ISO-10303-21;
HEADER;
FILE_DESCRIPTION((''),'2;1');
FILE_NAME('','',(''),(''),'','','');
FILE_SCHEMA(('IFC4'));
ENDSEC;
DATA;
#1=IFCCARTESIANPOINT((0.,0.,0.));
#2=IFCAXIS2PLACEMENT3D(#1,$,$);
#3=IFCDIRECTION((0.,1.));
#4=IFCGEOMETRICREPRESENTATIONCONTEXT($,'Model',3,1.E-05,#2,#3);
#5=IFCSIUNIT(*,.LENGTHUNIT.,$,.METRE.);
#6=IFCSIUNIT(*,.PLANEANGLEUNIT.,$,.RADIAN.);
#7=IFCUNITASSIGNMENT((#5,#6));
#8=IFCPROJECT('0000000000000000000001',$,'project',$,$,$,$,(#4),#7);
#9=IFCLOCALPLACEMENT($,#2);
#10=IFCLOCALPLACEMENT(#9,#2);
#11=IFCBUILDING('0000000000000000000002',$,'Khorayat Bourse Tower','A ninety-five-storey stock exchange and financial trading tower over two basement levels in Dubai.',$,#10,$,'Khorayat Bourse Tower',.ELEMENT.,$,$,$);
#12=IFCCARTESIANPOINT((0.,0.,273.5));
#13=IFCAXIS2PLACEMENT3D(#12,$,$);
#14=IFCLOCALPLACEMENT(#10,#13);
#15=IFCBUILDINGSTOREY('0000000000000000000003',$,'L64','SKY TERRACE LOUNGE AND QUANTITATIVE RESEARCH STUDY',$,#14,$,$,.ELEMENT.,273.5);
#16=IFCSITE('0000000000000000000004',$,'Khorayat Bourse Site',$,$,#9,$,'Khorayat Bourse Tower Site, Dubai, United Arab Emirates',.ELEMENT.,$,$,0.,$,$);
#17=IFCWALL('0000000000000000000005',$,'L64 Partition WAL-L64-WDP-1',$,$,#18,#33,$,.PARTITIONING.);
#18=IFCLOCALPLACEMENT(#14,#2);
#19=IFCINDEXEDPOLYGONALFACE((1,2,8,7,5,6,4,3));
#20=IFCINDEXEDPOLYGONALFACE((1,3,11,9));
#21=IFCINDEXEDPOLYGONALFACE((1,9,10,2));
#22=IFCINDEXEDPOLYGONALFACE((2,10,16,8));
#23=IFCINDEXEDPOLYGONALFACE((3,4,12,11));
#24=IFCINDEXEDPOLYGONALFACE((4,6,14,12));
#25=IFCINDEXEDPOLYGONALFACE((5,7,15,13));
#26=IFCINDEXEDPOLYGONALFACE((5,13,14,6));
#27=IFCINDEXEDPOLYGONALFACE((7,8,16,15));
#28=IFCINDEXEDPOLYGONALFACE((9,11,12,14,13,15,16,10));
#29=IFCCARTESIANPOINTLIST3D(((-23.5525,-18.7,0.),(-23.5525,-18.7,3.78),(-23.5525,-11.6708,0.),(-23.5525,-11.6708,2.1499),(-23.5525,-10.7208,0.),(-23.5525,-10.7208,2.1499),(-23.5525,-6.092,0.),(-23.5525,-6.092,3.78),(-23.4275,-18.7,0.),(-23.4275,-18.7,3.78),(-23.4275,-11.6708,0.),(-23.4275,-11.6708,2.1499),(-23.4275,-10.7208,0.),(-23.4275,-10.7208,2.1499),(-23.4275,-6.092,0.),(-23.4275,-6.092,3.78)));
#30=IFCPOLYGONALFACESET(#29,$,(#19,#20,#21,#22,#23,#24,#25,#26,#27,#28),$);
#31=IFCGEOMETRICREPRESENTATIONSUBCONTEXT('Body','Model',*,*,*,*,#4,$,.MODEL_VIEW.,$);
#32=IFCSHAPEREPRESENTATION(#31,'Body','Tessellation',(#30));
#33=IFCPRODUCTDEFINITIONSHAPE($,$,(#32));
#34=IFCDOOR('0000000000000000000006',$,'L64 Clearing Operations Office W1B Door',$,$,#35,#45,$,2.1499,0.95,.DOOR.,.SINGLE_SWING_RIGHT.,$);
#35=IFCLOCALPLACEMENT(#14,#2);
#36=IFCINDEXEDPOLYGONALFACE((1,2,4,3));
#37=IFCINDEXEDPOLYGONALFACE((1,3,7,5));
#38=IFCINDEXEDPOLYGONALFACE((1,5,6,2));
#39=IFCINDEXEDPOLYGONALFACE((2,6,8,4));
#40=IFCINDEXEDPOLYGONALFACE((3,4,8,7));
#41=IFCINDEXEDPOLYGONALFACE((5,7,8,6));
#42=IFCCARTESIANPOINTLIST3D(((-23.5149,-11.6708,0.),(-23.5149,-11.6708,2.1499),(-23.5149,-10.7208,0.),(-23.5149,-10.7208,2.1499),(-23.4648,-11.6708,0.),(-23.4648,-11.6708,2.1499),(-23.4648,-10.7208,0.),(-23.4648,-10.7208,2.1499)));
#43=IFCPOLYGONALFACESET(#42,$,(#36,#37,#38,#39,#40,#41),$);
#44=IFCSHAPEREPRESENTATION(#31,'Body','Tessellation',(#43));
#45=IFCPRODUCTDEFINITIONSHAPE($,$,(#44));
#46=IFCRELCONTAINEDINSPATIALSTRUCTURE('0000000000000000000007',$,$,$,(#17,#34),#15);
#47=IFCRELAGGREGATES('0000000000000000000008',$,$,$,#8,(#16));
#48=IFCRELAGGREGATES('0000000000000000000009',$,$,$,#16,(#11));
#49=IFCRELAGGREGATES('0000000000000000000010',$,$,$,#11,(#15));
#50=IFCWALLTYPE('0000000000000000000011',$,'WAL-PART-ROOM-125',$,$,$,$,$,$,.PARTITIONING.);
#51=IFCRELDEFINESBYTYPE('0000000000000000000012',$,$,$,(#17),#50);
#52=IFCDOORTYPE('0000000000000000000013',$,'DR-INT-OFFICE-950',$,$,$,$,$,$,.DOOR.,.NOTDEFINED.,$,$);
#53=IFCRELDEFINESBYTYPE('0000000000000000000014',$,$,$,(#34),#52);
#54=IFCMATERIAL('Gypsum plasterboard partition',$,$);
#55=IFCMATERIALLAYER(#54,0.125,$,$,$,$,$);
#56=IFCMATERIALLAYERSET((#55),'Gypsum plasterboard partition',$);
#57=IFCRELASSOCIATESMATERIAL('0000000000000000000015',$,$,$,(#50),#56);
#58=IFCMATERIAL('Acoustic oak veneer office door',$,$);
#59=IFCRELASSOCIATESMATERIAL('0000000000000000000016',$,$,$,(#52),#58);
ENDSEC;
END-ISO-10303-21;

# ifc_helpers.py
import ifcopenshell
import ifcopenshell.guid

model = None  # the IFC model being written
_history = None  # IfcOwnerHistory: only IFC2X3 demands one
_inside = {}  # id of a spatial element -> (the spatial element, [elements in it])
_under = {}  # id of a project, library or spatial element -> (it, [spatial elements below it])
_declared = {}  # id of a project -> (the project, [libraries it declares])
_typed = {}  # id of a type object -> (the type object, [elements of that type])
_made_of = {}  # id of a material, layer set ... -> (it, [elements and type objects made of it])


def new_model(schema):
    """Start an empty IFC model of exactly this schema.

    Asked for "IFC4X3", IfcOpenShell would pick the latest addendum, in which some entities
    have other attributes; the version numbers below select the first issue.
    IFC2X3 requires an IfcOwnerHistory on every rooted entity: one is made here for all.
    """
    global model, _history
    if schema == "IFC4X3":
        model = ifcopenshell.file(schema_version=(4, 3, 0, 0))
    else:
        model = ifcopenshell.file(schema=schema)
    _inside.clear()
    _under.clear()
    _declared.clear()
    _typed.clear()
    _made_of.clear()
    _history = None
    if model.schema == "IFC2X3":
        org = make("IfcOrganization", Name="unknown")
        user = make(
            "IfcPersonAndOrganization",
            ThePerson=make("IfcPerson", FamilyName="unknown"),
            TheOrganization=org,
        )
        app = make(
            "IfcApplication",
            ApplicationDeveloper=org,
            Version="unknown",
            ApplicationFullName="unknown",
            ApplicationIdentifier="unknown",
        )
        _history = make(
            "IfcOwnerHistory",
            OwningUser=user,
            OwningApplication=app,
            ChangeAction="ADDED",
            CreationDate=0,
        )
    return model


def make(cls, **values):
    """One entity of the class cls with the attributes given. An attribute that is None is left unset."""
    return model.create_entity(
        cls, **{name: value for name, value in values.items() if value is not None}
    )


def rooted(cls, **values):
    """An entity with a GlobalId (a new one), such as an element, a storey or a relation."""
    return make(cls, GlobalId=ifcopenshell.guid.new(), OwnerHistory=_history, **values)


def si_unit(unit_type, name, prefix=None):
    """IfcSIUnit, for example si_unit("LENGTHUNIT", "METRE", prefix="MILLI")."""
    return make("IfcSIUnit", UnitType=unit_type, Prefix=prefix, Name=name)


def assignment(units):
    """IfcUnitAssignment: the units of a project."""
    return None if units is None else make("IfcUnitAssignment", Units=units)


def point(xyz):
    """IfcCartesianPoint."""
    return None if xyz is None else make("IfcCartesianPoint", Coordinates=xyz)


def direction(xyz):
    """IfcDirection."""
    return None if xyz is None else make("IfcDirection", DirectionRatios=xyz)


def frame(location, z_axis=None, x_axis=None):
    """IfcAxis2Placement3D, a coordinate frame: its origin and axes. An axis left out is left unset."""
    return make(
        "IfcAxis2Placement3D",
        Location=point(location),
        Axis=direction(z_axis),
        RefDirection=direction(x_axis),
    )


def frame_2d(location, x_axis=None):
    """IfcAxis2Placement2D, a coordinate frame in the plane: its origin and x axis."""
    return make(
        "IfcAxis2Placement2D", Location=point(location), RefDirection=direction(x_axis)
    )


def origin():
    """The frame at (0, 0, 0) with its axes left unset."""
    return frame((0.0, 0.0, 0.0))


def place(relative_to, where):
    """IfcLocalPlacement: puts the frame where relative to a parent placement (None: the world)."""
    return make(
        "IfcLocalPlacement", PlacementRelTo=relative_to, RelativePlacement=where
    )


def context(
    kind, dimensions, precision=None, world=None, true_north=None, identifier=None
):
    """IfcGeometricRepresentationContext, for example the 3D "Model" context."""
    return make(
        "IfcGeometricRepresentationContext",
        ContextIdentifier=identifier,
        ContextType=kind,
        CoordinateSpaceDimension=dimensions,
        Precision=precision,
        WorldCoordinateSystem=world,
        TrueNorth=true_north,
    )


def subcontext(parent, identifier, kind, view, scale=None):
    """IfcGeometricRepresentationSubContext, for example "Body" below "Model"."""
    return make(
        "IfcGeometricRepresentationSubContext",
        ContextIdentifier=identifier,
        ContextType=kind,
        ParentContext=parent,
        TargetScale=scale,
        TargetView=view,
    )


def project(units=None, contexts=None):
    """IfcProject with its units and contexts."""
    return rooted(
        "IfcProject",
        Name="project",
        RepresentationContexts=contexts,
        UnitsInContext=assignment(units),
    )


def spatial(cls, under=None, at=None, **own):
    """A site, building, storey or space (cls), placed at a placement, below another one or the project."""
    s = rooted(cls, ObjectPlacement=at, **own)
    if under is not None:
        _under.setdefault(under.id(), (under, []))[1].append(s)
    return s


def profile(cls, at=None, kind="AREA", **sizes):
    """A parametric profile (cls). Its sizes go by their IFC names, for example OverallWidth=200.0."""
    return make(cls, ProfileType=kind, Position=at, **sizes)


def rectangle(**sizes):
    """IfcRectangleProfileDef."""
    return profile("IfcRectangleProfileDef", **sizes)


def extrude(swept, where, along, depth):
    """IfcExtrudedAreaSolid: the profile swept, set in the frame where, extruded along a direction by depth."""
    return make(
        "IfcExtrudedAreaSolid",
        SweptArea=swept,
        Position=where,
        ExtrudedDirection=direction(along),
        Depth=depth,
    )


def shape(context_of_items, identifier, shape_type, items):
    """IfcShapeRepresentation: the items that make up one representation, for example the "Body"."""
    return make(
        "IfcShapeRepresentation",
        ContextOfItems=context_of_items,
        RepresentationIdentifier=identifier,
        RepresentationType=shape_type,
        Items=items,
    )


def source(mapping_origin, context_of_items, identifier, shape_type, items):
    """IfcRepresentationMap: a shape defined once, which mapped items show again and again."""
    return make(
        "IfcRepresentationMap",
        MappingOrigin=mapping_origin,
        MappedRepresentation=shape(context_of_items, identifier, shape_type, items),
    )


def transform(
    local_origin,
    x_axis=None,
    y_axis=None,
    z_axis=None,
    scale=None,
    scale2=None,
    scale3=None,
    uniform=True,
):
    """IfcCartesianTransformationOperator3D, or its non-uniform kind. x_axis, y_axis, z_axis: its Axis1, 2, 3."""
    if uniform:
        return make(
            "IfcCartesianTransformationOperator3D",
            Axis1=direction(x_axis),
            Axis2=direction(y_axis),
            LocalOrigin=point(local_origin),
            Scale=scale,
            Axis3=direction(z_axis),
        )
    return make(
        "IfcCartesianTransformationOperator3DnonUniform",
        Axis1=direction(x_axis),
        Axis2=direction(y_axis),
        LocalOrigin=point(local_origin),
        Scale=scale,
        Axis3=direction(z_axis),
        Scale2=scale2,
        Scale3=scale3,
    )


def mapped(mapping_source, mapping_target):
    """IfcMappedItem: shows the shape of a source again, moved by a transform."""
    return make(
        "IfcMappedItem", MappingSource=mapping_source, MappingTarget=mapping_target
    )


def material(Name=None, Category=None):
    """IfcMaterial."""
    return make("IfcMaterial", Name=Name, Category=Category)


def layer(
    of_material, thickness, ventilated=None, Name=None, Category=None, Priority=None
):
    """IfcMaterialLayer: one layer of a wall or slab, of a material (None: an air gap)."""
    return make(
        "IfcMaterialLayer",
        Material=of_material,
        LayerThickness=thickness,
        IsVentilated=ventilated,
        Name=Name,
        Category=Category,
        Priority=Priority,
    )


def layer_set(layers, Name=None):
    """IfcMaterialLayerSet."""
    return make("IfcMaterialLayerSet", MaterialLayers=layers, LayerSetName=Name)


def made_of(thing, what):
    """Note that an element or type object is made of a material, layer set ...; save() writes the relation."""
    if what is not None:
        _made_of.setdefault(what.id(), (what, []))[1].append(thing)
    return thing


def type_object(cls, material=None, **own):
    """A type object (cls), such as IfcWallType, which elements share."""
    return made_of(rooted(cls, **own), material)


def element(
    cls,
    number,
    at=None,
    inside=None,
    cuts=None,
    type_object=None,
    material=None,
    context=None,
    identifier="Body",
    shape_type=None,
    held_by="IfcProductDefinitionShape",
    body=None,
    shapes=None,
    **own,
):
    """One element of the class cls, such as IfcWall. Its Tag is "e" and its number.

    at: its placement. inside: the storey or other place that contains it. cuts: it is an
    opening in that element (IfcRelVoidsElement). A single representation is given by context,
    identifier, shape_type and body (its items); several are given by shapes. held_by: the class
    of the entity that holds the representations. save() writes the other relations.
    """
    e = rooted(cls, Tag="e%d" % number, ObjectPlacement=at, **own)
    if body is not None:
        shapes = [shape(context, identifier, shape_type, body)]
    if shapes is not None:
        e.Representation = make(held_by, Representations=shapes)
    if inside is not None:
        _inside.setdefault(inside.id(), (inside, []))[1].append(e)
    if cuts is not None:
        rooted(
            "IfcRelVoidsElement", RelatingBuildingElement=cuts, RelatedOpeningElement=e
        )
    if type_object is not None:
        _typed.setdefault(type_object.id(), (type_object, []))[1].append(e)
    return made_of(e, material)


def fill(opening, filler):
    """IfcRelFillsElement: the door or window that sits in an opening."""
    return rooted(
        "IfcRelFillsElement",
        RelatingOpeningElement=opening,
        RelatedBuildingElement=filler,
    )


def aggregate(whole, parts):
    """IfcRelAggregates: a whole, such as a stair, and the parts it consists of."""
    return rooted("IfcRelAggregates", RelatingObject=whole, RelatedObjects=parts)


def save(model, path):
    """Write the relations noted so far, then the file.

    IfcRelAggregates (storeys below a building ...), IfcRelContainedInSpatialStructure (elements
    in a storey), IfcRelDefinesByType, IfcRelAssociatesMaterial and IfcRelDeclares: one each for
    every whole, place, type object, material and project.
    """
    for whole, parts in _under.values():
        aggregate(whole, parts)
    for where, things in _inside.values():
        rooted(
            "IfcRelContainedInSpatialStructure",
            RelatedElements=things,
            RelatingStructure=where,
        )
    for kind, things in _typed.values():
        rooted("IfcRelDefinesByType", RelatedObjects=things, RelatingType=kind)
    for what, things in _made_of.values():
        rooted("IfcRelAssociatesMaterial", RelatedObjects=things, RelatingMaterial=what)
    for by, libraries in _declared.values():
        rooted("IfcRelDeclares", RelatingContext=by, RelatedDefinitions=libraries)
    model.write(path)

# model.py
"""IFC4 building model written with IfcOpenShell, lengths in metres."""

from ifc_helpers import new_model, si_unit, direction, frame, frame_2d, origin, place, context, subcontext, project, spatial, rectangle, extrude, source, transform, mapped, material, layer, layer_set, type_object, element, fill, save


model = new_model("IFC4")

# Units and contexts
model_context = context("Model", 3, precision=1e-05, world=origin(), true_north=direction((0.0, 1.0)))
body_context = subcontext(model_context, "Body", "Model", "MODEL_VIEW")
ifc_project = project(units=[si_unit("LENGTHUNIT", "METRE"), si_unit("PLANEANGLEUNIT", "RADIAN")], contexts=[model_context])

# Site, building, storey
site_placement = place(None, origin())
site = spatial("IfcSite", under=ifc_project, at=site_placement, Name="Khorayat Bourse Site", LongName="Khorayat Bourse Tower Site, Dubai, United Arab Emirates", CompositionType="ELEMENT", RefElevation=0.0)
building_placement = place(site_placement, origin())
building = spatial("IfcBuilding", under=site, at=building_placement, Name="Khorayat Bourse Tower", Description="A ninety-five-storey stock exchange and financial trading tower over two basement levels in Dubai.", LongName="Khorayat Bourse Tower", CompositionType="ELEMENT")
storey_placement = place(building_placement, frame((0.0, 0.0, 273.5)))
storey = spatial("IfcBuildingStorey", under=building, at=storey_placement, Name="L64", Description="SKY TERRACE LOUNGE AND QUANTITATIVE RESEARCH STUDY", CompositionType="ELEMENT", Elevation=273.5)

# Wall, opening, door
ifc_material_1 = material(Name="Gypsum plasterboard partition")
ifc_layer_1 = layer(ifc_material_1, 0.125)
ifc_layer_set_1 = layer_set([ifc_layer_1], Name="Gypsum plasterboard partition")
wall_type_1 = type_object("IfcWallType", Name="WAL-PART-ROOM-125", PredefinedType="PARTITIONING", material=ifc_layer_set_1)
shared_shape_1 = source(origin(), body_context, "Body", "SweptSolid", [
    extrude(rectangle(XDim=12.6079, YDim=0.125, at=frame_2d((6.304, 0.0))), origin(), (0.0, 0.0, 1.0), 3.78),
])
wall_1_placement = place(storey_placement, frame((-23.49, -18.7, 0.0), z_axis=(0.0, 0.0, 1.0), x_axis=(0.0, 1.0, 0.0)))
wall_1 = element("IfcWall", 1, at=wall_1_placement, inside=storey, type_object=wall_type_1, Name="L64 Partition WAL-L64-WDP-1", PredefinedType="PARTITIONING", context=body_context, shape_type="MappedRepresentation", body=[
    mapped(shared_shape_1, transform((0.0, 0.0, 0.0), scale=1.0)),
])
shared_shape_2 = source(origin(), body_context, "Body", "SweptSolid", [
    extrude(rectangle(XDim=0.95, YDim=2.1499, at=frame_2d((0.4751, 1.075))), frame((0.0, 0.0725, 0.0), z_axis=(0.0, -1.0, 0.0), x_axis=(1.0, 0.0, 0.0)), (0.0, 0.0, 1.0), 0.145),
])
opening_1_placement = place(wall_1_placement, frame((7.0291, 0.0, 0.0)))
opening_1 = element("IfcOpeningElement", 2, at=opening_1_placement, cuts=wall_1, PredefinedType="OPENING", context=body_context, shape_type="MappedRepresentation", body=[
    mapped(shared_shape_2, transform((0.0, 0.0, 0.0), scale=1.0)),
])
ifc_material_2 = material(Name="Acoustic oak veneer office door")
door_type = type_object("IfcDoorType", Name="DR-INT-OFFICE-950", OperationType="NOTDEFINED", PredefinedType="DOOR", material=ifc_material_2)
shared_shape_3 = source(origin(), body_context, "Body", "SweptSolid", [
    extrude(rectangle(XDim=0.95, YDim=2.1499, at=frame_2d((0.4751, 1.075))), frame((0.0, 0.0249, 0.0), z_axis=(0.0, -1.0, 0.0), x_axis=(1.0, 0.0, 0.0)), (0.0, 0.0, 1.0), 0.05),
])
door_placement = place(opening_1_placement, origin())
door = element("IfcDoor", 3, at=door_placement, inside=storey, type_object=door_type, Name="L64 Clearing Operations Office W1B Door", OperationType="SINGLE_SWING_RIGHT", OverallHeight=2.1499, OverallWidth=0.95, PredefinedType="DOOR", context=body_context, shape_type="MappedRepresentation", body=[
    mapped(shared_shape_3, transform((0.0, 0.0, 0.0), scale=1.0)),
])
fill(opening_1, door)

save(model, "model.ifc")
